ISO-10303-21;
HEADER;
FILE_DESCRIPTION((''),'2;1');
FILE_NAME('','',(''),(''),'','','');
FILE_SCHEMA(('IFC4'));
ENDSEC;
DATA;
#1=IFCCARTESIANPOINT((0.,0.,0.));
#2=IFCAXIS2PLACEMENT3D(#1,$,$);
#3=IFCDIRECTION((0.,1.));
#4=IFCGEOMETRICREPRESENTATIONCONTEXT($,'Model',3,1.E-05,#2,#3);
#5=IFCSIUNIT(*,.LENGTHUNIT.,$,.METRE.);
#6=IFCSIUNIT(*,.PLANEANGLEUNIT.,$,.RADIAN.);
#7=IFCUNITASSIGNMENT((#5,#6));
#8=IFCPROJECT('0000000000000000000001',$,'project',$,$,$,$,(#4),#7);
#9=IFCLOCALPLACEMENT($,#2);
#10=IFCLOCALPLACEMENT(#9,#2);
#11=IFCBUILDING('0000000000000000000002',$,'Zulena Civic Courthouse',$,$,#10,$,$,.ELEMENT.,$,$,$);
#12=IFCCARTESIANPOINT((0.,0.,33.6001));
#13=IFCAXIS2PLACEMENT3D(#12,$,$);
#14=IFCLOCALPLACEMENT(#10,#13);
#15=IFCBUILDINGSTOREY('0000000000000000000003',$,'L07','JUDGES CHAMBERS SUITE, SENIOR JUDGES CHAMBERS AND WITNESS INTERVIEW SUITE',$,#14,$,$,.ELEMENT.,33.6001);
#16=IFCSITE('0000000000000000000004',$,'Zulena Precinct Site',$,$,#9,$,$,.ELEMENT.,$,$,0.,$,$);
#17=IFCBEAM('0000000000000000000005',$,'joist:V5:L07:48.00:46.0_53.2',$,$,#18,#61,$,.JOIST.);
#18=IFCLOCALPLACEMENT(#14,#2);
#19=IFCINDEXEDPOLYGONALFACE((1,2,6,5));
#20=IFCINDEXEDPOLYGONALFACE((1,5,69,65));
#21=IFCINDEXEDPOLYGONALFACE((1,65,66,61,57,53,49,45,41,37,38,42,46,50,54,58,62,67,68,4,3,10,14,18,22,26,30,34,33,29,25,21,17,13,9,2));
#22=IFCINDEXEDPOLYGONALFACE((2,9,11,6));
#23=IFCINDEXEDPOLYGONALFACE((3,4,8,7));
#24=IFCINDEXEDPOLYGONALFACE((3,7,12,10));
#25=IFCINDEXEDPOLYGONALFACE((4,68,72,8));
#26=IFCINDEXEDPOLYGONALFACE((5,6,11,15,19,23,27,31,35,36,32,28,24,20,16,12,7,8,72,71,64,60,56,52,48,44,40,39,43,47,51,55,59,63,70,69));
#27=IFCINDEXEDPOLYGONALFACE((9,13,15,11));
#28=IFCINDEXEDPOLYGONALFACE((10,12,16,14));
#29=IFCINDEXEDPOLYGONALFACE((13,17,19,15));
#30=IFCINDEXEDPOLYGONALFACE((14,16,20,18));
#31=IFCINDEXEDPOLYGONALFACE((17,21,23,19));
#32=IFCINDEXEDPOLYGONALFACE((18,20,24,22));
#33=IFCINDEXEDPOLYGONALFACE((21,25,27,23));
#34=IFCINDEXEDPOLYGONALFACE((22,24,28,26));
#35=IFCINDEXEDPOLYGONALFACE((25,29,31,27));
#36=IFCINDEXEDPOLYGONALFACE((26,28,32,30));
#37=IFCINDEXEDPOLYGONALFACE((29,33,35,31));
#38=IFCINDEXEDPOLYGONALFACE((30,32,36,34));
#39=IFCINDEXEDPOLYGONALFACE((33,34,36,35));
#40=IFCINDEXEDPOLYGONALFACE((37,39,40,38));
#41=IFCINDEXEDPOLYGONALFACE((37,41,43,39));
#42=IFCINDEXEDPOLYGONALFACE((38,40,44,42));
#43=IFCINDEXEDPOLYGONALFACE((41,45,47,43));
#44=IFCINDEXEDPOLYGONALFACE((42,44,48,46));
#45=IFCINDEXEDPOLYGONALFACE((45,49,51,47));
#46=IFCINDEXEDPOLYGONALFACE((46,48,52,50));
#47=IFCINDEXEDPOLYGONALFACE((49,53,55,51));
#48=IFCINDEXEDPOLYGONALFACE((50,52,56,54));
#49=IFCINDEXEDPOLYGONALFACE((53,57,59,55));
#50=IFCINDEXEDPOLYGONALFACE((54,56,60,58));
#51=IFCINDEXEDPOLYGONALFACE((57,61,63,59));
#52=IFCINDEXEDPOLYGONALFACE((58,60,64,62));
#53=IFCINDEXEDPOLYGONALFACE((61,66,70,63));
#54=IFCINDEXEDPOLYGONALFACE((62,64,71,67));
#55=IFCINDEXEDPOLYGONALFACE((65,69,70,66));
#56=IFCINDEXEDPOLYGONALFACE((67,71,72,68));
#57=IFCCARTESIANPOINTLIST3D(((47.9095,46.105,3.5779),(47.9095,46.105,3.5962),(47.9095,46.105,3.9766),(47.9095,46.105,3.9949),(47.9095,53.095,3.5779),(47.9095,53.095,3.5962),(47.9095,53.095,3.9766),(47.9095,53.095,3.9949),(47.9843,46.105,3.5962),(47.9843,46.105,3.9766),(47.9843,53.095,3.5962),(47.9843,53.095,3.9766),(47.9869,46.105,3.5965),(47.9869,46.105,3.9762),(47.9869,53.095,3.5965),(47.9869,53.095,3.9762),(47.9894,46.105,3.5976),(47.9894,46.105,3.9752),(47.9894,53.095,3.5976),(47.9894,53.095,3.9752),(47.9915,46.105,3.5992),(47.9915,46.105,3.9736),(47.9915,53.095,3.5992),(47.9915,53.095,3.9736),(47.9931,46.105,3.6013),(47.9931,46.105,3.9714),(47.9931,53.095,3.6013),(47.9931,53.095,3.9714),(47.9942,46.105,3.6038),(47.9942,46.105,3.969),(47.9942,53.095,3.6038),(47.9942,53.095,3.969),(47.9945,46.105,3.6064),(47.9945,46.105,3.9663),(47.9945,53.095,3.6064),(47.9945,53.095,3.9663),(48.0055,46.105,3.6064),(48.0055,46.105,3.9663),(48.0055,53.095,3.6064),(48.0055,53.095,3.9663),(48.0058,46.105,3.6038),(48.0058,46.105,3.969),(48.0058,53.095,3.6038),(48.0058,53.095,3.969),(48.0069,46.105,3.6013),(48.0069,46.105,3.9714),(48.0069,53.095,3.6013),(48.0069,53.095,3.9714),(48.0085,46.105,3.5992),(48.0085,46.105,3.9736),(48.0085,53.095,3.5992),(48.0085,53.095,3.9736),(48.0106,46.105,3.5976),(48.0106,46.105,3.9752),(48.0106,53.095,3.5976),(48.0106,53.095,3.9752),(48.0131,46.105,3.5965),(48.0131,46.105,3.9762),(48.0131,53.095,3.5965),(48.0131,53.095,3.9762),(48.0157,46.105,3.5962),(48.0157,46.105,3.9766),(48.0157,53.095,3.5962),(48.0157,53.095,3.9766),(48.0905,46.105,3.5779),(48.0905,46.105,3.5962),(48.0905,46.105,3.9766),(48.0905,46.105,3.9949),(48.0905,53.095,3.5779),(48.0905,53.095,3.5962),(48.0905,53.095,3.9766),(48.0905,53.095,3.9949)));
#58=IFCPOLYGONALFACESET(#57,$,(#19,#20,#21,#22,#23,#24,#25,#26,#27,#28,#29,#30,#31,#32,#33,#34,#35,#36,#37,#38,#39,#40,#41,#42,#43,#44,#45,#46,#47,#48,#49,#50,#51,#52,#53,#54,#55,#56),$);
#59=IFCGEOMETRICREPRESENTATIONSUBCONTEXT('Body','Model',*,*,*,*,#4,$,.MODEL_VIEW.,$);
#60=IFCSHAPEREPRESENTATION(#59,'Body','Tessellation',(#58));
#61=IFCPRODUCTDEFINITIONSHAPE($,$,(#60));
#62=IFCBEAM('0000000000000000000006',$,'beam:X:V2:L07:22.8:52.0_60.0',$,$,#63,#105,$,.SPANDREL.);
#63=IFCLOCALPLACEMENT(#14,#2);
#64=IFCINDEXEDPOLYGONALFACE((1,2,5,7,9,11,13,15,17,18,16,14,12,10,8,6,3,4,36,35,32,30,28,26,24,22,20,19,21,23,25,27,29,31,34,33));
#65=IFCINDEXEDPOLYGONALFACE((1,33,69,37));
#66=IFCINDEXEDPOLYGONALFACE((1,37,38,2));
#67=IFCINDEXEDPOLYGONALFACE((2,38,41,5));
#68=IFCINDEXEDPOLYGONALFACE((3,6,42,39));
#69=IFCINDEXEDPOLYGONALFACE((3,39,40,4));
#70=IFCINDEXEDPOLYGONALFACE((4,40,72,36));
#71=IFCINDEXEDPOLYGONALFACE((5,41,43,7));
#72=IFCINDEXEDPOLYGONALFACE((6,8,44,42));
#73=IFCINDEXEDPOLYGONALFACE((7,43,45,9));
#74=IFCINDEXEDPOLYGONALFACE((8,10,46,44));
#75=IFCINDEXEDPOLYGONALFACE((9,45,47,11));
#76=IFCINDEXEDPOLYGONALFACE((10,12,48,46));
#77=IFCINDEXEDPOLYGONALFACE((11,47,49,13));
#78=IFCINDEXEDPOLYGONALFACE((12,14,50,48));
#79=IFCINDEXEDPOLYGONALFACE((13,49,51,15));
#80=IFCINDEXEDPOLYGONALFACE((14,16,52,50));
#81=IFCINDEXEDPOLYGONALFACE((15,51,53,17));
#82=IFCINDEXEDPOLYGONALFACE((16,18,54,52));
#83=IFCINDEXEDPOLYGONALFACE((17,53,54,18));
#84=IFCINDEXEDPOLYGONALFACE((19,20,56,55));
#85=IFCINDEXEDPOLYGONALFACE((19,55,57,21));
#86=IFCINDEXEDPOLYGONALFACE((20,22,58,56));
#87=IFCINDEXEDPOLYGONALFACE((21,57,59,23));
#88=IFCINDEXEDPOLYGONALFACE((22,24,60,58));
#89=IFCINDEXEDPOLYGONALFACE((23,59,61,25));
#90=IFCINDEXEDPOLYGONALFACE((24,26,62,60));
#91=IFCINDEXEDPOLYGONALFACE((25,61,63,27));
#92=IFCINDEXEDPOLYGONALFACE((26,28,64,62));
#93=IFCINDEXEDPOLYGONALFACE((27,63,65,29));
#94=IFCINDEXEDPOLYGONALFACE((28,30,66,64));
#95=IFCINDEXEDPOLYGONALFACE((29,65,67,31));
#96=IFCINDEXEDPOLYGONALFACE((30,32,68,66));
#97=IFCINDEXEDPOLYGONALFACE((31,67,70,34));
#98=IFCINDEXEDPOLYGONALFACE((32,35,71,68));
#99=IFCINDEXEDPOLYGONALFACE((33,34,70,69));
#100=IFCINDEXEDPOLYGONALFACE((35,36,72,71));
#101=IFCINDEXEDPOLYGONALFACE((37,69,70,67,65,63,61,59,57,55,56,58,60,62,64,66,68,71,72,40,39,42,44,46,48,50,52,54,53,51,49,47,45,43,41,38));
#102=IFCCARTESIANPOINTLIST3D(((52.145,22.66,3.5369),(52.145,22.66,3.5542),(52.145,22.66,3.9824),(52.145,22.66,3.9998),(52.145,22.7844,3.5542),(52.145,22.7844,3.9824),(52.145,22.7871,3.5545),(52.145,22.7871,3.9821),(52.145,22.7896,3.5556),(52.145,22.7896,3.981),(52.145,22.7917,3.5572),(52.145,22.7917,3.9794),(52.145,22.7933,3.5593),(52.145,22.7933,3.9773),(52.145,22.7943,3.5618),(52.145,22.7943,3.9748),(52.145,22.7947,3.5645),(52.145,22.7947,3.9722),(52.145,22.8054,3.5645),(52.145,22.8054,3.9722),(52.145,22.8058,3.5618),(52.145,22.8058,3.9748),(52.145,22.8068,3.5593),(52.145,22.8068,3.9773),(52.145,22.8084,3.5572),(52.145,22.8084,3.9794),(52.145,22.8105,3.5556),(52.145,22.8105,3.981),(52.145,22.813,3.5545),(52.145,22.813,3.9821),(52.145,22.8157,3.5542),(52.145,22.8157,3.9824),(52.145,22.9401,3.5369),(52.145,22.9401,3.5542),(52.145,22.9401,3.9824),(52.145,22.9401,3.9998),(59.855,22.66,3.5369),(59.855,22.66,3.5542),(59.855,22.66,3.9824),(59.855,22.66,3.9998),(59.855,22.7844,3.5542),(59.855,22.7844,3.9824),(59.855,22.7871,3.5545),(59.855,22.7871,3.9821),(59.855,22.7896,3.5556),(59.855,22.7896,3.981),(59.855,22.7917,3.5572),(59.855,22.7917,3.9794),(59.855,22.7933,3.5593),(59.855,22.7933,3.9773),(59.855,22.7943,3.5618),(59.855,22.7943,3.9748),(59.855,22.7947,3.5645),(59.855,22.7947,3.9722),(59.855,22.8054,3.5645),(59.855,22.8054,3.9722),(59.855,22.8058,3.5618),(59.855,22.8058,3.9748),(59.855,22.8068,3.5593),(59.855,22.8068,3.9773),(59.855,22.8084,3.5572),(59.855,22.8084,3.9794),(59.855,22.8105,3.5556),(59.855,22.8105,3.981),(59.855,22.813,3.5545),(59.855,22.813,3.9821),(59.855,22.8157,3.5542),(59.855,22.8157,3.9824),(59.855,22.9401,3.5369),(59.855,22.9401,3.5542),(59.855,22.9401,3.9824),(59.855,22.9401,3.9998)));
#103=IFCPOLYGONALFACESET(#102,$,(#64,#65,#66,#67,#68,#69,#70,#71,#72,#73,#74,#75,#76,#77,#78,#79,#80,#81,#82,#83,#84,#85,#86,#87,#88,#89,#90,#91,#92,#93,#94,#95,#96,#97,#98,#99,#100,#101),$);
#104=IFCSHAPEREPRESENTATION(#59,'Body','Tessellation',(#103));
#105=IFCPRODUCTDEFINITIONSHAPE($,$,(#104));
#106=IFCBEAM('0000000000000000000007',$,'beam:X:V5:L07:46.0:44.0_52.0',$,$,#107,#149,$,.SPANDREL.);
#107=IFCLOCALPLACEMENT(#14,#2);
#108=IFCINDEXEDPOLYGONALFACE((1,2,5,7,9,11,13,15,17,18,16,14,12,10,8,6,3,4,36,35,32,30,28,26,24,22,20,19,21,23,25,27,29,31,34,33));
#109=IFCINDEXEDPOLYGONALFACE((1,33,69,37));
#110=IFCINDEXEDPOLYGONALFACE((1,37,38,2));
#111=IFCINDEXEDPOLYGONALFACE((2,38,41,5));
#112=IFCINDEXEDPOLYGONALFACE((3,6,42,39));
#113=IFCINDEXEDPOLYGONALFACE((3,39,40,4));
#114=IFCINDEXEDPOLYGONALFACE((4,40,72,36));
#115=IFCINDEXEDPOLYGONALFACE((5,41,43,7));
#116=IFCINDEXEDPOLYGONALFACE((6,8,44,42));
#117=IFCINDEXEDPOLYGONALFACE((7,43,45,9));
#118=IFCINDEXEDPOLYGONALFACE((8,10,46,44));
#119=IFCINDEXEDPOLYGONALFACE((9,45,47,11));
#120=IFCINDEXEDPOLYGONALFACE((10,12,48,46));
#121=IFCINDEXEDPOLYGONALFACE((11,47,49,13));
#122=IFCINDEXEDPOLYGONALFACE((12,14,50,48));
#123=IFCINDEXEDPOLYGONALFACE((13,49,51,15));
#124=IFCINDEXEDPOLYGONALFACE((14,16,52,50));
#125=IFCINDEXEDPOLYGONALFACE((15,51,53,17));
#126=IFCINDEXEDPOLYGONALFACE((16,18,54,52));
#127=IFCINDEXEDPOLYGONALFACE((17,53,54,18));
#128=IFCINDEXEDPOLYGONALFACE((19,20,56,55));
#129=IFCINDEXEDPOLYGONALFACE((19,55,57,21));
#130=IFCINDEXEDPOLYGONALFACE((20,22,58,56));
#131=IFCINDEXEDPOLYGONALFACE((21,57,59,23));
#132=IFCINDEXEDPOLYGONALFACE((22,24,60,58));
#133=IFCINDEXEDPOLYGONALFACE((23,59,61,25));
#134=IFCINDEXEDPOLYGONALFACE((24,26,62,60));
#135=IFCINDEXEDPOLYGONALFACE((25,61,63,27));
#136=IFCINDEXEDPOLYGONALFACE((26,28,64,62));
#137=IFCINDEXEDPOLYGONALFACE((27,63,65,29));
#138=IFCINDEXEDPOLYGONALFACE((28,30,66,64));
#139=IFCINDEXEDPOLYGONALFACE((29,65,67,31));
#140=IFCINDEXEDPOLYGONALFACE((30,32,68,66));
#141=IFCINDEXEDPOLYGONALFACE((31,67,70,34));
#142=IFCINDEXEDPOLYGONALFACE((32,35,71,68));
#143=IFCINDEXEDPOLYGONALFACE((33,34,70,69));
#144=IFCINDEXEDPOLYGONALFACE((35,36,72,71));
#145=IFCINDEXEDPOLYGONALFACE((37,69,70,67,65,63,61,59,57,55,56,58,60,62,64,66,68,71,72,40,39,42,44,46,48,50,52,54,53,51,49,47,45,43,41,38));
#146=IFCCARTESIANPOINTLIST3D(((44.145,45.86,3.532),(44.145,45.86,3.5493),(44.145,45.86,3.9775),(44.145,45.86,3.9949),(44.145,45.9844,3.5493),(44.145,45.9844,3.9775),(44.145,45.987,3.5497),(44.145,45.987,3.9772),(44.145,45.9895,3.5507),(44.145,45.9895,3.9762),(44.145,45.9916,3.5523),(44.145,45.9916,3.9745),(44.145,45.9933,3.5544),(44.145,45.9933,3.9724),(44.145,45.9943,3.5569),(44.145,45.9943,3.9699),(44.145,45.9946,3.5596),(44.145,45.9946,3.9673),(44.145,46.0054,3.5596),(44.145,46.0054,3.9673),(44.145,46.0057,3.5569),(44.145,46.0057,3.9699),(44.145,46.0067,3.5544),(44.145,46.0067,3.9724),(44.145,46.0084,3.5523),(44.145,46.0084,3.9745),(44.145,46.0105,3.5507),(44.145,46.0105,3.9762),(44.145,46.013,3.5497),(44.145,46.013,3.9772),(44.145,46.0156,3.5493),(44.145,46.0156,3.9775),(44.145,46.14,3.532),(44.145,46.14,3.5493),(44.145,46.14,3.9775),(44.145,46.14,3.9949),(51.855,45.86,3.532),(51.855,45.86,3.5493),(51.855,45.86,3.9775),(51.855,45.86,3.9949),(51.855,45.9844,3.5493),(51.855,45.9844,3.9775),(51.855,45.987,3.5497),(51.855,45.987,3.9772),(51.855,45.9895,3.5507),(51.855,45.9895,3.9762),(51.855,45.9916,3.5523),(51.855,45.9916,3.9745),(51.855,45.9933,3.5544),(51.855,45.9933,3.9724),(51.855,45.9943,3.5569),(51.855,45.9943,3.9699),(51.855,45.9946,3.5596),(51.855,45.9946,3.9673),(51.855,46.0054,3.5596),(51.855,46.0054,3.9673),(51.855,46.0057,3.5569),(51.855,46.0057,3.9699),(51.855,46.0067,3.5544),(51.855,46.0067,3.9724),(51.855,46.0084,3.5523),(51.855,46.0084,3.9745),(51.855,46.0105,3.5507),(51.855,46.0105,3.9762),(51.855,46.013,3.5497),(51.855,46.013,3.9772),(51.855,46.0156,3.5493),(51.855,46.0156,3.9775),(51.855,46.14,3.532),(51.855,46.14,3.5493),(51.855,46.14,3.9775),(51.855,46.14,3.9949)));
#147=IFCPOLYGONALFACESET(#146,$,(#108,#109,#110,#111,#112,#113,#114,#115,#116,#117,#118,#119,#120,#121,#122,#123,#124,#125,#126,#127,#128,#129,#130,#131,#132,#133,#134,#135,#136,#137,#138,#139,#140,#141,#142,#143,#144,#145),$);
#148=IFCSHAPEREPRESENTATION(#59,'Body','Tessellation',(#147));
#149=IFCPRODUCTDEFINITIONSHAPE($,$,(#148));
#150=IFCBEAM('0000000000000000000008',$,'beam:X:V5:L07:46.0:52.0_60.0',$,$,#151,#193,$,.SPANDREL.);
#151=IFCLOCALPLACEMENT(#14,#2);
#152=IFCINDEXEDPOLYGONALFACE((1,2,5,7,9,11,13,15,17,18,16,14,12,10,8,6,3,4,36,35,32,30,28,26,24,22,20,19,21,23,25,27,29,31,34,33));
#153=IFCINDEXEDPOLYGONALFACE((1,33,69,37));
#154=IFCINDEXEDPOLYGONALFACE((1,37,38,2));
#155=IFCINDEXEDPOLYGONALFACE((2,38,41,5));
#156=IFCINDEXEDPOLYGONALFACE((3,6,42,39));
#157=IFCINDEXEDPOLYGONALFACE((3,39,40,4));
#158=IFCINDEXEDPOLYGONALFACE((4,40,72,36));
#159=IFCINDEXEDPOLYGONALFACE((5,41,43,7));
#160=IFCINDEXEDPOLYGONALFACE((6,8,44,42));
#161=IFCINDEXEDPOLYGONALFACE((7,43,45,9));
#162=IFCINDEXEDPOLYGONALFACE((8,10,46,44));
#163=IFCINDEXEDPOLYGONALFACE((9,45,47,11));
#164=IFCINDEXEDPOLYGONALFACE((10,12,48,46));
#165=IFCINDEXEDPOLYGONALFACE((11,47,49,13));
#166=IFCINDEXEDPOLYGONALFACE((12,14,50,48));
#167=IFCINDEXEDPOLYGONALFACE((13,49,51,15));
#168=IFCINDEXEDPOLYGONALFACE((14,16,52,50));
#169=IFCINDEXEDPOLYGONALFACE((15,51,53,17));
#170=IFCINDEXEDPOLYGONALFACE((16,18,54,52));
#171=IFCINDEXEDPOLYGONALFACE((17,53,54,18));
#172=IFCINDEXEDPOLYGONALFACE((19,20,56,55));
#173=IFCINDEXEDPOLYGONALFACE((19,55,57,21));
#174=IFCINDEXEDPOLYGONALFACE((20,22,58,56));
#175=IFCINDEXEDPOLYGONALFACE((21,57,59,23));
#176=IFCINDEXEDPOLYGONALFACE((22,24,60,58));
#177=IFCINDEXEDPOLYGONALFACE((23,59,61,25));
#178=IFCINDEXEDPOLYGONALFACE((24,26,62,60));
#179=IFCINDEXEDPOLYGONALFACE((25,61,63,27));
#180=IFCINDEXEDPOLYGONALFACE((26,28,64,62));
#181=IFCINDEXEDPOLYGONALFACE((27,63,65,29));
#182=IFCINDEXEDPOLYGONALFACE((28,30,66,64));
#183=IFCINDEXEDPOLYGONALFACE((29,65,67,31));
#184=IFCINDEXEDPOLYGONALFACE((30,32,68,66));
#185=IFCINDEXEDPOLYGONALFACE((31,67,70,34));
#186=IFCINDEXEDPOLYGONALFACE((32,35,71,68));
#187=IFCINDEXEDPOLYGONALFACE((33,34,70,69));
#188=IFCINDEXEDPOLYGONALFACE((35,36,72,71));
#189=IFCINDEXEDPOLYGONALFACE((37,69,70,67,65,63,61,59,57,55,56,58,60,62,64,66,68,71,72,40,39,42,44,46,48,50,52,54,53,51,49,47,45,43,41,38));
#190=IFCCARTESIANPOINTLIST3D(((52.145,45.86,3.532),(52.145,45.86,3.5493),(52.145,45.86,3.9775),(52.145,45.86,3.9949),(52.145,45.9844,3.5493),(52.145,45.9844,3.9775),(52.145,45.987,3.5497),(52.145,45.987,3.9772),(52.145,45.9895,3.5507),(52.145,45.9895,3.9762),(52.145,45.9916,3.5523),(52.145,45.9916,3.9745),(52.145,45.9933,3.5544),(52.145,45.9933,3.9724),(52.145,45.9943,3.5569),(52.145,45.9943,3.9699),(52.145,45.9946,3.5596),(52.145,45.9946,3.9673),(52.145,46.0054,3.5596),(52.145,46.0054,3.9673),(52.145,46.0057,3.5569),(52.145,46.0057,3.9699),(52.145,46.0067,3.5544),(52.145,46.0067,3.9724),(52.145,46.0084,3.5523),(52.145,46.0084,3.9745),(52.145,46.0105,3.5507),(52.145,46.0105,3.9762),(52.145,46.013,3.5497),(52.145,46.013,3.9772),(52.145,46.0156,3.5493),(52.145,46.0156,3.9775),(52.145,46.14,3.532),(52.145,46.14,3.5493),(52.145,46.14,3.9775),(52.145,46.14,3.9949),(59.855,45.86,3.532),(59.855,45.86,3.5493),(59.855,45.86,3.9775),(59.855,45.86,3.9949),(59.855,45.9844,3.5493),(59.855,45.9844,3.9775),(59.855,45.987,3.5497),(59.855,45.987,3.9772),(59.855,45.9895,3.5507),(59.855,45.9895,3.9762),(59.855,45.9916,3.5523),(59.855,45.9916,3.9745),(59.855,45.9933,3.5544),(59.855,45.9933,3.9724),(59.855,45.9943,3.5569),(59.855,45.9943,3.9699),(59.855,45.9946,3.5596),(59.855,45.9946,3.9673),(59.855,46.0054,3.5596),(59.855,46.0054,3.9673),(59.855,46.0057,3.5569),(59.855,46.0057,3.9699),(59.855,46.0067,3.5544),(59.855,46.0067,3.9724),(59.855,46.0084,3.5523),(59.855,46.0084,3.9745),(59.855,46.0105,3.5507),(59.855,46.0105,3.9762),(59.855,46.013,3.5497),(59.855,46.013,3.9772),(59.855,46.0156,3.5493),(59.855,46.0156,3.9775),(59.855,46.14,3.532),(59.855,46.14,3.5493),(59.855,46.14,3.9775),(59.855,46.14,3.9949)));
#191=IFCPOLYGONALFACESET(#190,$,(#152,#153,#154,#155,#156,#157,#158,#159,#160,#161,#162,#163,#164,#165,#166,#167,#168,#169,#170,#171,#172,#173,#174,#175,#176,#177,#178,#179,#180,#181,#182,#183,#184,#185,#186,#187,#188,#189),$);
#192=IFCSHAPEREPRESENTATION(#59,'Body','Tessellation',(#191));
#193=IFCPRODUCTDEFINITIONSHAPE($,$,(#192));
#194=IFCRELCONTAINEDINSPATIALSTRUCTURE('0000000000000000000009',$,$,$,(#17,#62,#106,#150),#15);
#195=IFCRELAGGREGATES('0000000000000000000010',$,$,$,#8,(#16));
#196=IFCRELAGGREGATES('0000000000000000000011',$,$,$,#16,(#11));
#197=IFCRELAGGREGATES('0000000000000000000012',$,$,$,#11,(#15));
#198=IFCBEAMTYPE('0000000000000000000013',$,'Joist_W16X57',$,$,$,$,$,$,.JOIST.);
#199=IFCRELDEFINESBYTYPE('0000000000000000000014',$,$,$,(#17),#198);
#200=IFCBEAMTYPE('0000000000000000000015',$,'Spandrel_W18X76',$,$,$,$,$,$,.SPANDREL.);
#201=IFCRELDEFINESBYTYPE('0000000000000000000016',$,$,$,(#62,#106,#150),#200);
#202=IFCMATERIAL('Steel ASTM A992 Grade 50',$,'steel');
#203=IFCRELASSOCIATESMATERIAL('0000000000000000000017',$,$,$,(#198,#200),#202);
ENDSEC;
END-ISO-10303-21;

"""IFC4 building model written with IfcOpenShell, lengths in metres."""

from ifc_helpers import new_model, si_unit, direction, frame, origin, origin_2d, place, context, subcontext, project, spatial, i_section, extrude, material, material_profile, profile_set, type_object, element, save


model = new_model("IFC4")

# Units and contexts
model_context = context("Model", 3, precision=1e-05, world=origin(), true_north=direction((0.0, 1.0)))
body_context = subcontext(model_context, "Body", "Model", "MODEL_VIEW")
ifc_project = project(units=[si_unit("LENGTHUNIT", "METRE"), si_unit("PLANEANGLEUNIT", "RADIAN")], contexts=[model_context])

# Site, building, storey
site_placement = place(None, origin())
site = spatial("IfcSite", under=ifc_project, at=site_placement, Name="Zulena Precinct Site", CompositionType="ELEMENT", RefElevation=0.0)
building_placement = place(site_placement, origin())
building = spatial("IfcBuilding", under=site, at=building_placement, Name="Zulena Civic Courthouse", CompositionType="ELEMENT")
storey_placement = place(building_placement, frame((0.0, 0.0, 33.6001)))
storey = spatial("IfcBuildingStorey", under=building, at=storey_placement, Name="L07", Description="JUDGES CHAMBERS SUITE, SENIOR JUDGES CHAMBERS AND WITNESS INTERVIEW SUITE", CompositionType="ELEMENT", Elevation=33.6001)

# Shared definitions
ifc_material_1 = material(Name="Steel ASTM A992 Grade 50", Category="steel")

# Beams
ifc_material_profile_1 = material_profile(ifc_material_1, i_section(OverallWidth=0.1809, OverallDepth=0.417, WebThickness=0.011, FlangeThickness=0.0183, FilletRadius=0.0103, at=origin_2d()), Name="W16X57")
ifc_profile_set_1 = profile_set([ifc_material_profile_1], Name="Steel ASTM A992 Grade 50")
beam_type_1 = type_object("IfcBeamType", Name="Joist_W16X57", PredefinedType="JOIST", material=ifc_profile_set_1)
beam_placement = place(storey_placement, frame((48.0, 46.105, 3.7864), z_axis=(0.0, 1.0, 0.0), x_axis=(-1.0, 0.0, 0.0)))
element("IfcBeam", 1, at=beam_placement, inside=storey, type_object=beam_type_1, Name="joist:V5:L07:48.00:46.0_53.2", PredefinedType="JOIST", context=body_context, shape_type="SweptSolid", body=[
    extrude(i_section(OverallWidth=0.1809, OverallDepth=0.417, WebThickness=0.011, FlangeThickness=0.0183, FilletRadius=0.0103, at=origin_2d()), origin(), (0.0, 0.0, 1.0), 6.99),
])
ifc_material_profile_2 = material_profile(ifc_material_1, i_section(OverallWidth=0.28, OverallDepth=0.4629, WebThickness=0.0107, FlangeThickness=0.0173, FilletRadius=0.0103, at=origin_2d()), Name="W18X76")
ifc_profile_set_2 = profile_set([ifc_material_profile_2], Name="Steel ASTM A992 Grade 50")
beam_type_2 = type_object("IfcBeamType", Name="Spandrel_W18X76", PredefinedType="SPANDREL", material=ifc_profile_set_2)
for number, where, z_axis, x_axis, name in (
    (2, (52.145, 22.8, 3.7683), (1.0, 0.0, 0.0), (0.0, 1.0, 0.0), "beam:X:V2:L07:22.8:52.0_60.0"),
    (3, (44.145, 46.0, 3.7634), (1.0, 0.0, 0.0), (0.0, 1.0, 0.0), "beam:X:V5:L07:46.0:44.0_52.0"),
    (4, (52.145, 46.0, 3.7634), (1.0, 0.0, 0.0), (0.0, 1.0, 0.0), "beam:X:V5:L07:46.0:52.0_60.0"),
):
    element("IfcBeam", number, at=place(storey_placement, frame(where, z_axis=z_axis, x_axis=x_axis)), inside=storey, type_object=beam_type_2, Name=name, PredefinedType="SPANDREL", context=body_context, shape_type="SweptSolid", body=[
        extrude(i_section(OverallWidth=0.28, OverallDepth=0.4629, WebThickness=0.0107, FlangeThickness=0.0173, FilletRadius=0.0103, at=origin_2d()), origin(), (0.0, 0.0, 1.0), 7.71),
    ])

save(model, "model.ifc")
